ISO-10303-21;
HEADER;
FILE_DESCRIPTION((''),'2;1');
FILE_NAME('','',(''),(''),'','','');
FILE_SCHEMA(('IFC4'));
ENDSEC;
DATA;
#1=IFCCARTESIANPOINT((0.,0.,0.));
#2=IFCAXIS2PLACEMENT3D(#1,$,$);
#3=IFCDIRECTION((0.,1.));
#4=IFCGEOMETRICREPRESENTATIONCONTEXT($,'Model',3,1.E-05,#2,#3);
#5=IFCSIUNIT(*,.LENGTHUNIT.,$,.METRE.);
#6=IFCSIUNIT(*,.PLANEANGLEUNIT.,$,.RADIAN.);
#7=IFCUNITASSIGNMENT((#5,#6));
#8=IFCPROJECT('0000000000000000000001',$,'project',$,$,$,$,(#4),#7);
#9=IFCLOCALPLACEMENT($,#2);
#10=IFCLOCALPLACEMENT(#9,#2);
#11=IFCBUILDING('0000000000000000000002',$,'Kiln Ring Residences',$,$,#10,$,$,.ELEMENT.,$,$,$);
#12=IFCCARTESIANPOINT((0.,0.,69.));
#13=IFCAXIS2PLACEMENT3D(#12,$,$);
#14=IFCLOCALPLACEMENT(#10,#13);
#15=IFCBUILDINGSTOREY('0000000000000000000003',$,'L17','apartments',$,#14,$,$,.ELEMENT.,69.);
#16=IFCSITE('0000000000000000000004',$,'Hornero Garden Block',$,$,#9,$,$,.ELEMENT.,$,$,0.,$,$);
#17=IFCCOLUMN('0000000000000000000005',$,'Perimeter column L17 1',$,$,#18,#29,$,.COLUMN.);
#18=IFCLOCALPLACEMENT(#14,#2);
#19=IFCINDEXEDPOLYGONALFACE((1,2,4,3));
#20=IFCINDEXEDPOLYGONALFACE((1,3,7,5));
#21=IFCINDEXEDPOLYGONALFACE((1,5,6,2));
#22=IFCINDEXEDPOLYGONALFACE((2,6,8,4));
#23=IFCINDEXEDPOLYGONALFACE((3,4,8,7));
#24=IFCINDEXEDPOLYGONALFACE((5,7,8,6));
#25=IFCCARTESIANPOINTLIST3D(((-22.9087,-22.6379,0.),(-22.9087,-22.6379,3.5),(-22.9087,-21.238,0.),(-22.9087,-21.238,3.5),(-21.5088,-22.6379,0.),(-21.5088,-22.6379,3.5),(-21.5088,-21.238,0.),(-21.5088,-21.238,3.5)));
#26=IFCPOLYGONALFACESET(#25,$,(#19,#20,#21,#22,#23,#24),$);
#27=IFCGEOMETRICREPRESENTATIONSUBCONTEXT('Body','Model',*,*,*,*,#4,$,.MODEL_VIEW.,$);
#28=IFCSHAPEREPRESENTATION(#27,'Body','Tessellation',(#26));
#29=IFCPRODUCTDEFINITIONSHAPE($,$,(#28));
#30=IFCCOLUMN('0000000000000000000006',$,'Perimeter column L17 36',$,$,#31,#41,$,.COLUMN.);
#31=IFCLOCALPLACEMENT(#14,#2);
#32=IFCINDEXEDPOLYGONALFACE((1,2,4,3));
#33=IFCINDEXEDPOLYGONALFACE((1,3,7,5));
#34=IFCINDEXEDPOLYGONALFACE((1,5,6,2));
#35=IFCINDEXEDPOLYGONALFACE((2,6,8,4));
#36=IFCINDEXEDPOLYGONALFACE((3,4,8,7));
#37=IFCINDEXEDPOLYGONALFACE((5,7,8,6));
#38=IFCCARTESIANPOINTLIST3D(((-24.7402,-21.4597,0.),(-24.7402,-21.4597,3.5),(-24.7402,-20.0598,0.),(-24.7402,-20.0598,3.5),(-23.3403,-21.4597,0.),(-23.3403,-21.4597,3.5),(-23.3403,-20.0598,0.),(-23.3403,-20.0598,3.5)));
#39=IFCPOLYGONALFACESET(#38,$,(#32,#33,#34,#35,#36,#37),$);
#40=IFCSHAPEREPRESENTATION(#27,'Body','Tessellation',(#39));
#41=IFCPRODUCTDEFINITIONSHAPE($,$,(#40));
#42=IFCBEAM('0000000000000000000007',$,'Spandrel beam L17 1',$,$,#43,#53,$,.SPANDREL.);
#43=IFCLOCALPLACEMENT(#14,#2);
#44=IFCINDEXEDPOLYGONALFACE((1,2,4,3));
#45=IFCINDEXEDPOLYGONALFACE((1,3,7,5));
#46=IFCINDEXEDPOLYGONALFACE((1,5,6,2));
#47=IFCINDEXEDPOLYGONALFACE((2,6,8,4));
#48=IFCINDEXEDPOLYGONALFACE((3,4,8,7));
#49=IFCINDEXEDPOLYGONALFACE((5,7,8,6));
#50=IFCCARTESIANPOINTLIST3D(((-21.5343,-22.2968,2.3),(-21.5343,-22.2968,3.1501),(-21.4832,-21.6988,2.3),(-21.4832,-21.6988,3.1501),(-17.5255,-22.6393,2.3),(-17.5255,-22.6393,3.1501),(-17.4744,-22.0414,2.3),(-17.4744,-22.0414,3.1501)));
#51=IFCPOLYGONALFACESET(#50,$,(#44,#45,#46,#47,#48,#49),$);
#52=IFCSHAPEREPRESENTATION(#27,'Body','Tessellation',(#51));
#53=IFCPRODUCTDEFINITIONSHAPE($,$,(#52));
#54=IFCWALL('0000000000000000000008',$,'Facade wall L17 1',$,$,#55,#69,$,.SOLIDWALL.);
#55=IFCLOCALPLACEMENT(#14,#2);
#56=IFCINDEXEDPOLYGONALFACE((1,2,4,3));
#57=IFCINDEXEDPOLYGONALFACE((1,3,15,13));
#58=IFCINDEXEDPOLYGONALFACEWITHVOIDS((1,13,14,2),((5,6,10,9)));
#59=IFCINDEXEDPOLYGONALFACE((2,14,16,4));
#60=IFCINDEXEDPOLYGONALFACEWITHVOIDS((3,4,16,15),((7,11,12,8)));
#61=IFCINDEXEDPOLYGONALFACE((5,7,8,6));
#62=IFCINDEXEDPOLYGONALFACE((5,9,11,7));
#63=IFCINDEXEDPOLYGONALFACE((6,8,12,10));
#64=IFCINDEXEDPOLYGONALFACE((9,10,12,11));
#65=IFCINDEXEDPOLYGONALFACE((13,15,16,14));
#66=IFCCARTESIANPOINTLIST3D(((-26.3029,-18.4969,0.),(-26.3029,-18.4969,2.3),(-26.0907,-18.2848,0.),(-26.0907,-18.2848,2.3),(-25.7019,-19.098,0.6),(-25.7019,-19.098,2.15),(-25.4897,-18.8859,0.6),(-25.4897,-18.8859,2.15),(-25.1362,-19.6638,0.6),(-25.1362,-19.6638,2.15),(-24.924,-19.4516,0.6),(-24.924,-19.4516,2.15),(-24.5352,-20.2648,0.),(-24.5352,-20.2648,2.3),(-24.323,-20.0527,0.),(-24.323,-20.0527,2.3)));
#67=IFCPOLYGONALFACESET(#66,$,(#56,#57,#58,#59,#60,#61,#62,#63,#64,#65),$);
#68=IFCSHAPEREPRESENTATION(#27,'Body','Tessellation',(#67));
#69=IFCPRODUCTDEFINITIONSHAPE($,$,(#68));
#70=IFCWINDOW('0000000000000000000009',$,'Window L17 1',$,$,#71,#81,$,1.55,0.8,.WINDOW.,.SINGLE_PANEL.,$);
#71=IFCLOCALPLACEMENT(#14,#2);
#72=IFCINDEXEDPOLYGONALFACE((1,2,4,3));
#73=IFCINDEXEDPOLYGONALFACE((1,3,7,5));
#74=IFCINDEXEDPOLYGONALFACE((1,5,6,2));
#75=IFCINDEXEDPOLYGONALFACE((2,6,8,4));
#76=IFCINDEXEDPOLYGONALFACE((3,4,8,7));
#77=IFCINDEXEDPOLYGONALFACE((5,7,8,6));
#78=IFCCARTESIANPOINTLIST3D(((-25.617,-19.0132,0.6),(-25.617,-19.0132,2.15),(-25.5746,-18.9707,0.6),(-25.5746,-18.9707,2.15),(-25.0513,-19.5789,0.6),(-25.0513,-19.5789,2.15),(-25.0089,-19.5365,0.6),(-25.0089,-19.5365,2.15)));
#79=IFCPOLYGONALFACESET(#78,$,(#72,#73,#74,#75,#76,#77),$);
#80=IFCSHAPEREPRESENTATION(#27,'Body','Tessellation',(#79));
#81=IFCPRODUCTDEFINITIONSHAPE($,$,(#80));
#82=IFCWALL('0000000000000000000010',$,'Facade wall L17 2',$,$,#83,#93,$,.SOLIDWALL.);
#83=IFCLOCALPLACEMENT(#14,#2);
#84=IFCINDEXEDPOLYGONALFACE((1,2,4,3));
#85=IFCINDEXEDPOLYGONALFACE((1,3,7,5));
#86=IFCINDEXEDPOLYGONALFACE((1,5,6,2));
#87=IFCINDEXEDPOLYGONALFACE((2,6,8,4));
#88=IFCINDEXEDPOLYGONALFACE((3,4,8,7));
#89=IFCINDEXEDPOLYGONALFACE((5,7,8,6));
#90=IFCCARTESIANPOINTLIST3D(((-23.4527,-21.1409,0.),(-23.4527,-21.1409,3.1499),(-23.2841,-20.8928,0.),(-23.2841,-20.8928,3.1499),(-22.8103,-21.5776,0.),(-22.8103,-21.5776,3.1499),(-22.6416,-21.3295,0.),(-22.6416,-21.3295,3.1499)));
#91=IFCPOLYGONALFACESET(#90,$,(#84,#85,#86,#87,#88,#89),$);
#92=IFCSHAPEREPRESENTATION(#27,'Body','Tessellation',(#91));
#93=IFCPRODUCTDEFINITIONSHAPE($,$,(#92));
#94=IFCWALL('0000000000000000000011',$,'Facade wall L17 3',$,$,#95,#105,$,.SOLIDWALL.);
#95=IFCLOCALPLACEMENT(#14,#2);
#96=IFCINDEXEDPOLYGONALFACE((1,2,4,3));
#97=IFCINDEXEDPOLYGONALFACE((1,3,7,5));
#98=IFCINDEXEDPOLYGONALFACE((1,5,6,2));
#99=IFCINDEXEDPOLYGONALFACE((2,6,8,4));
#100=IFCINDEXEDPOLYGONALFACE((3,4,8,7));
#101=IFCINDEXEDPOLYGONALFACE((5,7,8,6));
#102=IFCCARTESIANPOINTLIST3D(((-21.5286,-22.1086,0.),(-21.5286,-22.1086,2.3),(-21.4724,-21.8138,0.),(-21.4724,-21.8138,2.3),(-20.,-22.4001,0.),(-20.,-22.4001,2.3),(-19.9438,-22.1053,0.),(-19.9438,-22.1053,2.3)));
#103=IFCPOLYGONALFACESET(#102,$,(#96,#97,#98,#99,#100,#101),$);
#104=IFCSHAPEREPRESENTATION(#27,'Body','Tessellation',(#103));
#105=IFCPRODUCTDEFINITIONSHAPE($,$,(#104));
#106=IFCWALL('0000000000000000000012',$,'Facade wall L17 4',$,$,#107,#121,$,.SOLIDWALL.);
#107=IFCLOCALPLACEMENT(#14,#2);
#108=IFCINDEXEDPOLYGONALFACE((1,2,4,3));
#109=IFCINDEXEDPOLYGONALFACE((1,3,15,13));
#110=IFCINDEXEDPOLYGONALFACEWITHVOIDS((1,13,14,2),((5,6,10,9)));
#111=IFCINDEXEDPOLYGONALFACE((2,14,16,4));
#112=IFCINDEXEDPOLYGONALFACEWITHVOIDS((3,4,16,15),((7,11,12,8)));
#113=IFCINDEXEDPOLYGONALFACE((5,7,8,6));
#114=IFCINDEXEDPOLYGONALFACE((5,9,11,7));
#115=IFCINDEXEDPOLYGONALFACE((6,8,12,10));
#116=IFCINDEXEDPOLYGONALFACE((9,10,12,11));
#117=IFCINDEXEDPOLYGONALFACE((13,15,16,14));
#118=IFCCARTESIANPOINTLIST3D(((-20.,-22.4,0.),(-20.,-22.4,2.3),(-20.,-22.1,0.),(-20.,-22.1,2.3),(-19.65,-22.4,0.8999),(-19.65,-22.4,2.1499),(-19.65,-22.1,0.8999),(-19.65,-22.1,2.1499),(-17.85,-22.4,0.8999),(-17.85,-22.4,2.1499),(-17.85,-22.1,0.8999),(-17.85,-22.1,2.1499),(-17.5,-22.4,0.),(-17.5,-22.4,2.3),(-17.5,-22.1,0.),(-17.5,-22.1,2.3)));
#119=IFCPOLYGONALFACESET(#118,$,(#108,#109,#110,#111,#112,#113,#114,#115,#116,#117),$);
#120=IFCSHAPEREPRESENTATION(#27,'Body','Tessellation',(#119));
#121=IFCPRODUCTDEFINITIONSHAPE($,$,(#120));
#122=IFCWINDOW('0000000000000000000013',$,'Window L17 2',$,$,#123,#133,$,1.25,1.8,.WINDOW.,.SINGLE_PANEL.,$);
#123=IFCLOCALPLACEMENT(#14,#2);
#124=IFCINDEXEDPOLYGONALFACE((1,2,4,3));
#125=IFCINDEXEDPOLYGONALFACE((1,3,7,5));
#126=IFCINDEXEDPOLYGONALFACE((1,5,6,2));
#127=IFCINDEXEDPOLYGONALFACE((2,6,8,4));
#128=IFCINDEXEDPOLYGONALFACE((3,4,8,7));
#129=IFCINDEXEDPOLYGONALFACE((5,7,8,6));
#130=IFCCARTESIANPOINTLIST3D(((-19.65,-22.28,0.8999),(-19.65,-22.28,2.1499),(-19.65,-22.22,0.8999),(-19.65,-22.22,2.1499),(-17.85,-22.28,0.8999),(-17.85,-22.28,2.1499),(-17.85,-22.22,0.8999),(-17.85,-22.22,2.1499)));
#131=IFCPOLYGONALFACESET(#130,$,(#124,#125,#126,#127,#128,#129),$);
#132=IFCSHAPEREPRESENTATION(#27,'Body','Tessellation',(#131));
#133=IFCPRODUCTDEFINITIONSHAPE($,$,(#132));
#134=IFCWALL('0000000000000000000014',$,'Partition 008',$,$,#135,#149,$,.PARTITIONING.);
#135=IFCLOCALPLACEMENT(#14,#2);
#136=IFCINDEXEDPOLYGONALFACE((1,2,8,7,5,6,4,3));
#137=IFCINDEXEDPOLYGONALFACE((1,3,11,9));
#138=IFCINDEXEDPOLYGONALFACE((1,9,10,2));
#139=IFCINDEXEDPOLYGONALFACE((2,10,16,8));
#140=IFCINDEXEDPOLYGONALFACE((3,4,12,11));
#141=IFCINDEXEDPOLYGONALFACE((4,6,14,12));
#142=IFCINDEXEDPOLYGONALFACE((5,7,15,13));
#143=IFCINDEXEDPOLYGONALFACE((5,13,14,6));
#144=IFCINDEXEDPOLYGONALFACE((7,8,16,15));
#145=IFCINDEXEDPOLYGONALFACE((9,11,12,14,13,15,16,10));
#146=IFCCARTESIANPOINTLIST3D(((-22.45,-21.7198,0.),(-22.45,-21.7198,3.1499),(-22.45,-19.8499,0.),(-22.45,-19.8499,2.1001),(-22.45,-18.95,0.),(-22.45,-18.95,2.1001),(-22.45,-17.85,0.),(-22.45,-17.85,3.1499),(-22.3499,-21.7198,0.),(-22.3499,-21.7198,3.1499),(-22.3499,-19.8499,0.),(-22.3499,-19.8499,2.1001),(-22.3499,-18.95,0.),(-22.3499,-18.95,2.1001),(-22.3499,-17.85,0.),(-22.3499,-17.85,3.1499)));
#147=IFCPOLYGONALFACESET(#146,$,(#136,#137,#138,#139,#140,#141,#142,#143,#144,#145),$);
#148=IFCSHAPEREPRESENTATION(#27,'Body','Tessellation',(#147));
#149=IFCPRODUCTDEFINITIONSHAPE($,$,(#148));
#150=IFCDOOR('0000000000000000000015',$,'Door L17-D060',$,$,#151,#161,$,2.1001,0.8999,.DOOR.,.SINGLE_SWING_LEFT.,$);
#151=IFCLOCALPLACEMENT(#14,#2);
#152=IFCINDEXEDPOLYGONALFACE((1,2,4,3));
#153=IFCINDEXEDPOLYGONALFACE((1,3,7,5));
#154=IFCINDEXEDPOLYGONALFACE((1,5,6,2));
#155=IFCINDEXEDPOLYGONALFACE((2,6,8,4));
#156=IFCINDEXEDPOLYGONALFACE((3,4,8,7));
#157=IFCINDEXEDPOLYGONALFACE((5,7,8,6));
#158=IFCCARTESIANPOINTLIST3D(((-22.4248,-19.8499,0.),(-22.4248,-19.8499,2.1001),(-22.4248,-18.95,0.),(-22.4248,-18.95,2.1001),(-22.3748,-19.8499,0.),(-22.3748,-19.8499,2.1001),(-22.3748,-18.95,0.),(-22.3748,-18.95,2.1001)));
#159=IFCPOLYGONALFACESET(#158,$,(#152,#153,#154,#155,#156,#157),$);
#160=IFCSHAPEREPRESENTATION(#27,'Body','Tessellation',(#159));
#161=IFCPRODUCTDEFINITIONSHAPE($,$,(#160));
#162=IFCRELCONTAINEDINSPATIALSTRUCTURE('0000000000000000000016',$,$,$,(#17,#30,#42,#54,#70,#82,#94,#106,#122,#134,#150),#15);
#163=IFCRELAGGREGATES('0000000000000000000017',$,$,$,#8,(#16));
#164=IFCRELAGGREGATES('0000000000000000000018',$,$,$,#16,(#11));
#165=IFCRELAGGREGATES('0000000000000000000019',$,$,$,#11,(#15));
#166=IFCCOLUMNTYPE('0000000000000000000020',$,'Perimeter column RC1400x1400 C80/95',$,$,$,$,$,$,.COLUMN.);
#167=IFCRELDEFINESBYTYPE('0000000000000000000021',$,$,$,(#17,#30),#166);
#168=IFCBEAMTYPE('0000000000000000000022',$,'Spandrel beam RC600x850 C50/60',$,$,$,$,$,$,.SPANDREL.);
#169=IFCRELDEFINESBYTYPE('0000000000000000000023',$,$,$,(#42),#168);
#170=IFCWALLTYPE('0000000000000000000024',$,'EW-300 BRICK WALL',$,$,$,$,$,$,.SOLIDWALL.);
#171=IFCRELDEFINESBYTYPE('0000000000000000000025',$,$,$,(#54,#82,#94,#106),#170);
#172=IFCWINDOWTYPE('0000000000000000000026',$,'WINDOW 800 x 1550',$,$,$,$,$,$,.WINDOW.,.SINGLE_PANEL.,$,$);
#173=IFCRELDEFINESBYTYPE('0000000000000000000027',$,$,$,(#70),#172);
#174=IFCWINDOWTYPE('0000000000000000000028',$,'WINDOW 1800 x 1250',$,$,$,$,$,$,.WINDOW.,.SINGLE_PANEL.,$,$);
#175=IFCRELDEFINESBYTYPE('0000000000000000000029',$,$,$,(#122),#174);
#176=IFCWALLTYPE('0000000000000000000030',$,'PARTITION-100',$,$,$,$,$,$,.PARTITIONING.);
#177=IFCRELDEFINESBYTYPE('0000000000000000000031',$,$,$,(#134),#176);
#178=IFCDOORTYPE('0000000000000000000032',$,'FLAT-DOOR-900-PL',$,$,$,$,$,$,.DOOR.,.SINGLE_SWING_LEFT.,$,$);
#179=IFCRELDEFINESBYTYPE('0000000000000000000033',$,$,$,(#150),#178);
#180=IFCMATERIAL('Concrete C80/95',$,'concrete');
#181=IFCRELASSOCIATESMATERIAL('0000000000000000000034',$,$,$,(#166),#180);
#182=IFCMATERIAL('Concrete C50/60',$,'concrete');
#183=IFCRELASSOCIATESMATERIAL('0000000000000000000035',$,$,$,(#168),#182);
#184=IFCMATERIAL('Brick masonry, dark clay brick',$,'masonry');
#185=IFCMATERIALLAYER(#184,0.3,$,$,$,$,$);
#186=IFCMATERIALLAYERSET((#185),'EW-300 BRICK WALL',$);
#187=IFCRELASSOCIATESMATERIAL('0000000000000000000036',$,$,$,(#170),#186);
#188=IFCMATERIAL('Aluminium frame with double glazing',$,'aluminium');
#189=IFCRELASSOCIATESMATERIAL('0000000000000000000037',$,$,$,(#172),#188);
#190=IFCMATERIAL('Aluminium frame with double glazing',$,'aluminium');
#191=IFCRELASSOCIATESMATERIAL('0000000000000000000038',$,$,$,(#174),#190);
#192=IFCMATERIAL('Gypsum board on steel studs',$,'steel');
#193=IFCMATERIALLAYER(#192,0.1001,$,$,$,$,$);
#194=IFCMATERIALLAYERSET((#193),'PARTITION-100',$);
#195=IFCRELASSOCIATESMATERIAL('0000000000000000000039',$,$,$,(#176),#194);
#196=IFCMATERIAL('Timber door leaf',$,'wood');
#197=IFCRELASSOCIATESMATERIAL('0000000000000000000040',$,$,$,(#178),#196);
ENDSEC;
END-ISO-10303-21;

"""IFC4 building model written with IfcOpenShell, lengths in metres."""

from ifc_helpers import new_model, si_unit, direction, frame, frame_2d, origin, origin_2d, place, context, subcontext, project, spatial, rectangle, extrude, material, layer, layer_set, material_profile, profile_set, type_object, element, fill, save


model = new_model("IFC4")

# Units and contexts
model_context = context("Model", 3, precision=1e-05, world=origin(), true_north=direction((0.0, 1.0)))
body_context = subcontext(model_context, "Body", "Model", "MODEL_VIEW")
ifc_project = project(units=[si_unit("LENGTHUNIT", "METRE"), si_unit("PLANEANGLEUNIT", "RADIAN")], contexts=[model_context])

# Site, building, storey
site_placement = place(None, origin())
site = spatial("IfcSite", under=ifc_project, at=site_placement, Name="Hornero Garden Block", CompositionType="ELEMENT", RefElevation=0.0)
building_placement = place(site_placement, origin())
building = spatial("IfcBuilding", under=site, at=building_placement, Name="Kiln Ring Residences", CompositionType="ELEMENT")
storey_placement = place(building_placement, frame((0.0, 0.0, 69.0)))
storey = spatial("IfcBuildingStorey", under=building, at=storey_placement, Name="L17", Description="apartments", CompositionType="ELEMENT", Elevation=69.0)

# Columns
ifc_material_1 = material(Name="Concrete C80/95", Category="concrete")
ifc_material_profile_1 = material_profile(ifc_material_1, rectangle(XDim=1.3999, YDim=1.3999, at=origin_2d()), Name="RC1400x1400")
ifc_profile_set_1 = profile_set([ifc_material_profile_1], Name="Concrete C80/95")
column_type = type_object("IfcColumnType", Name="Perimeter column RC1400x1400 C80/95", PredefinedType="COLUMN", material=ifc_profile_set_1)
for number, where, z_axis, x_axis, name in (
    (1, (-22.2087, -21.938, 0.0), (0.0, 0.0, 1.0), (1.0, 0.0, 0.0), "Perimeter column L17 1"),
    (2, (-24.0403, -20.7598, 0.0), (0.0, 0.0, 1.0), (1.0, 0.0, 0.0), "Perimeter column L17 36"),
):
    element("IfcColumn", number, at=place(storey_placement, frame(where, z_axis=z_axis, x_axis=x_axis)), inside=storey, type_object=column_type, Name=name, PredefinedType="COLUMN", context=body_context, shape_type="SweptSolid", body=[
        extrude(rectangle(XDim=1.3999, YDim=1.3999, at=origin_2d()), origin(), (0.0, 0.0, 1.0), 3.5),
    ])

# Beam
ifc_material_2 = material(Name="Concrete C50/60", Category="concrete")
ifc_material_profile_2 = material_profile(ifc_material_2, rectangle(XDim=0.6001, YDim=0.8501, at=origin_2d()), Name="RC600x850")
ifc_profile_set_2 = profile_set([ifc_material_profile_2], Name="Concrete C50/60")
beam_type = type_object("IfcBeamType", Name="Spandrel beam RC600x850 C50/60", PredefinedType="SPANDREL", material=ifc_profile_set_2)
beam_placement = place(storey_placement, frame((-21.5088, -21.9978, 2.7251), z_axis=(0.996369, -0.085134, 0.0), x_axis=(0.085134, 0.996369, 0.0)))
element("IfcBeam", 3, at=beam_placement, inside=storey, type_object=beam_type, Name="Spandrel beam L17 1", PredefinedType="SPANDREL", context=body_context, shape_type="SweptSolid", body=[
    extrude(rectangle(XDim=0.6001, YDim=0.8501, at=origin_2d()), origin(), (0.0, 0.0, 1.0), 4.0234),
])

# Wall, opening, window
ifc_material_3 = material(Name="Brick masonry, dark clay brick", Category="masonry")
ifc_layer_1 = layer(ifc_material_3, 0.3)
ifc_layer_set_1 = layer_set([ifc_layer_1], Name="EW-300 BRICK WALL")
wall_type_1 = type_object("IfcWallType", Name="EW-300 BRICK WALL", PredefinedType="SOLIDWALL", material=ifc_layer_set_1)
wall_1_placement = place(storey_placement, frame((-26.1968, -18.3909, 0.0), z_axis=(0.0, 0.0, 1.0), x_axis=(0.707058, -0.707156, 0.0)))
wall_1 = element("IfcWall", 4, at=wall_1_placement, inside=storey, type_object=wall_type_1, Name="Facade wall L17 1", PredefinedType="SOLIDWALL", context=body_context, shape_type="SweptSolid", body=[
    extrude(rectangle(XDim=2.5, YDim=0.3, at=frame_2d((1.25, 0.0))), origin(), (0.0, 0.0, 1.0), 2.3),
])
opening_1_placement = place(wall_1_placement, frame((0.8501, 0.0, 0.6001)))
opening_1 = element("IfcOpeningElement", 5, at=opening_1_placement, cuts=wall_1, PredefinedType="OPENING", context=body_context, shape_type="SweptSolid", body=[
    extrude(rectangle(XDim=0.8, YDim=1.55, at=frame_2d((0.3999, 0.7749))), frame((0.0, 0.1599, 0.0), z_axis=(0.0, -1.0, 0.0), x_axis=(1.0, 0.0, 0.0)), (0.0, 0.0, 1.0), 0.3201),
])
ifc_material_4 = material(Name="Aluminium frame with double glazing", Category="aluminium")
window_type_1 = type_object("IfcWindowType", Name="WINDOW 800 x 1550", PartitioningType="SINGLE_PANEL", PredefinedType="WINDOW", material=ifc_material_4)
window_1_placement = place(opening_1_placement, origin())
window_1 = element("IfcWindow", 6, at=window_1_placement, inside=storey, type_object=window_type_1, Name="Window L17 1", OverallHeight=1.55, OverallWidth=0.8, PartitioningType="SINGLE_PANEL", PredefinedType="WINDOW", context=body_context, shape_type="SweptSolid", body=[
    extrude(rectangle(XDim=0.8, YDim=1.55, at=frame_2d((0.3999, 0.7749))), frame((0.0, 0.03, 0.0), z_axis=(0.0, -1.0, 0.0), x_axis=(1.0, 0.0, 0.0)), (0.0, 0.0, 1.0), 0.0601),
])
fill(opening_1, window_1)

# Walls
wall_2_placement = place(storey_placement, frame((-23.3684, -21.0168, 0.0), z_axis=(0.0, 0.0, 1.0), x_axis=(0.827038, -0.562147, 0.0)))
element("IfcWall", 7, at=wall_2_placement, inside=storey, type_object=wall_type_1, Name="Facade wall L17 2", PredefinedType="SOLIDWALL", context=body_context, shape_type="SweptSolid", body=[
    extrude(rectangle(XDim=0.7769, YDim=0.3, at=frame_2d((0.3884, 0.0))), origin(), (0.0, 0.0, 1.0), 3.1499),
])
wall_3_placement = place(storey_placement, frame((-21.5005, -21.9612, 0.0), z_axis=(0.0, 0.0, 1.0), x_axis=(0.982297, -0.187328, 0.0)))
element("IfcWall", 8, at=wall_3_placement, inside=storey, type_object=wall_type_1, Name="Facade wall L17 3", PredefinedType="SOLIDWALL", context=body_context, shape_type="SweptSolid", body=[
    extrude(rectangle(XDim=1.5562, YDim=0.3, at=frame_2d((0.7781, 0.0))), origin(), (0.0, 0.0, 1.0), 2.3),
])

# Wall, opening, window
wall_4_placement = place(storey_placement, frame((-20.0, -22.25, 0.0), z_axis=(0.0, 0.0, 1.0), x_axis=(1.0, 0.0, 0.0)))
wall_4 = element("IfcWall", 9, at=wall_4_placement, inside=storey, type_object=wall_type_1, Name="Facade wall L17 4", PredefinedType="SOLIDWALL", context=body_context, shape_type="SweptSolid", body=[
    extrude(rectangle(XDim=2.5, YDim=0.3, at=frame_2d((1.25, 0.0))), origin(), (0.0, 0.0, 1.0), 2.3),
])
opening_2_placement = place(wall_4_placement, frame((0.3501, 0.0, 0.8999)))
opening_2 = element("IfcOpeningElement", 10, at=opening_2_placement, cuts=wall_4, PredefinedType="OPENING", context=body_context, shape_type="SweptSolid", body=[
    extrude(rectangle(XDim=1.8, YDim=1.25, at=frame_2d((0.8999, 0.625))), frame((0.0, 0.1599, 0.0), z_axis=(0.0, -1.0, 0.0), x_axis=(1.0, 0.0, 0.0)), (0.0, 0.0, 1.0), 0.3201),
])
ifc_material_5 = material(Name="Aluminium frame with double glazing", Category="aluminium")
window_type_2 = type_object("IfcWindowType", Name="WINDOW 1800 x 1250", PartitioningType="SINGLE_PANEL", PredefinedType="WINDOW", material=ifc_material_5)
window_2_placement = place(opening_2_placement, origin())
window_2 = element("IfcWindow", 11, at=window_2_placement, inside=storey, type_object=window_type_2, Name="Window L17 2", OverallHeight=1.25, OverallWidth=1.8, PartitioningType="SINGLE_PANEL", PredefinedType="WINDOW", context=body_context, shape_type="SweptSolid", body=[
    extrude(rectangle(XDim=1.8, YDim=1.25, at=frame_2d((0.8999, 0.625))), frame((0.0, 0.03, 0.0), z_axis=(0.0, -1.0, 0.0), x_axis=(1.0, 0.0, 0.0)), (0.0, 0.0, 1.0), 0.0601),
])
fill(opening_2, window_2)

# Wall, opening, door
ifc_material_6 = material(Name="Gypsum board on steel studs", Category="steel")
ifc_layer_2 = layer(ifc_material_6, 0.1001)
ifc_layer_set_2 = layer_set([ifc_layer_2], Name="PARTITION-100")
wall_type_2 = type_object("IfcWallType", Name="PARTITION-100", PredefinedType="PARTITIONING", material=ifc_layer_set_2)
wall_5_placement = place(storey_placement, frame((-22.3999, -21.72, 0.0), z_axis=(0.0, 0.0, 1.0), x_axis=(0.0, 1.0, 0.0)))
wall_5 = element("IfcWall", 12, at=wall_5_placement, inside=storey, type_object=wall_type_2, Name="Partition 008", PredefinedType="PARTITIONING", context=body_context, shape_type="SweptSolid", body=[
    extrude(rectangle(XDim=3.8699, YDim=0.1001, at=frame_2d((1.9351, 0.0))), origin(), (0.0, 0.0, 1.0), 3.1499),
])
opening_3_placement = place(wall_5_placement, frame((1.8701, 0.0, 0.0)))
opening_3 = element("IfcOpeningElement", 13, at=opening_3_placement, cuts=wall_5, PredefinedType="OPENING", context=body_context, shape_type="SweptSolid", body=[
    extrude(rectangle(XDim=0.8999, YDim=2.1001, at=frame_2d((0.45, 1.05))), frame((0.0, 0.0601, 0.0), z_axis=(0.0, -1.0, 0.0), x_axis=(1.0, 0.0, 0.0)), (0.0, 0.0, 1.0), 0.1201),
])
ifc_material_7 = material(Name="Timber door leaf", Category="wood")
door_type = type_object("IfcDoorType", Name="FLAT-DOOR-900-PL", OperationType="SINGLE_SWING_LEFT", PredefinedType="DOOR", material=ifc_material_7)
door_placement = place(opening_3_placement, origin())
door = element("IfcDoor", 14, at=door_placement, inside=storey, type_object=door_type, Name="Door L17-D060", OperationType="SINGLE_SWING_LEFT", OverallHeight=2.1001, OverallWidth=0.8999, PredefinedType="DOOR", context=body_context, shape_type="SweptSolid", body=[
    extrude(rectangle(XDim=0.8999, YDim=2.1001, at=frame_2d((0.45, 1.05))), frame((0.0, 0.0249, 0.0), z_axis=(0.0, -1.0, 0.0), x_axis=(1.0, 0.0, 0.0)), (0.0, 0.0, 1.0), 0.05),
])
fill(opening_3, door)

save(model, "model.ifc")
